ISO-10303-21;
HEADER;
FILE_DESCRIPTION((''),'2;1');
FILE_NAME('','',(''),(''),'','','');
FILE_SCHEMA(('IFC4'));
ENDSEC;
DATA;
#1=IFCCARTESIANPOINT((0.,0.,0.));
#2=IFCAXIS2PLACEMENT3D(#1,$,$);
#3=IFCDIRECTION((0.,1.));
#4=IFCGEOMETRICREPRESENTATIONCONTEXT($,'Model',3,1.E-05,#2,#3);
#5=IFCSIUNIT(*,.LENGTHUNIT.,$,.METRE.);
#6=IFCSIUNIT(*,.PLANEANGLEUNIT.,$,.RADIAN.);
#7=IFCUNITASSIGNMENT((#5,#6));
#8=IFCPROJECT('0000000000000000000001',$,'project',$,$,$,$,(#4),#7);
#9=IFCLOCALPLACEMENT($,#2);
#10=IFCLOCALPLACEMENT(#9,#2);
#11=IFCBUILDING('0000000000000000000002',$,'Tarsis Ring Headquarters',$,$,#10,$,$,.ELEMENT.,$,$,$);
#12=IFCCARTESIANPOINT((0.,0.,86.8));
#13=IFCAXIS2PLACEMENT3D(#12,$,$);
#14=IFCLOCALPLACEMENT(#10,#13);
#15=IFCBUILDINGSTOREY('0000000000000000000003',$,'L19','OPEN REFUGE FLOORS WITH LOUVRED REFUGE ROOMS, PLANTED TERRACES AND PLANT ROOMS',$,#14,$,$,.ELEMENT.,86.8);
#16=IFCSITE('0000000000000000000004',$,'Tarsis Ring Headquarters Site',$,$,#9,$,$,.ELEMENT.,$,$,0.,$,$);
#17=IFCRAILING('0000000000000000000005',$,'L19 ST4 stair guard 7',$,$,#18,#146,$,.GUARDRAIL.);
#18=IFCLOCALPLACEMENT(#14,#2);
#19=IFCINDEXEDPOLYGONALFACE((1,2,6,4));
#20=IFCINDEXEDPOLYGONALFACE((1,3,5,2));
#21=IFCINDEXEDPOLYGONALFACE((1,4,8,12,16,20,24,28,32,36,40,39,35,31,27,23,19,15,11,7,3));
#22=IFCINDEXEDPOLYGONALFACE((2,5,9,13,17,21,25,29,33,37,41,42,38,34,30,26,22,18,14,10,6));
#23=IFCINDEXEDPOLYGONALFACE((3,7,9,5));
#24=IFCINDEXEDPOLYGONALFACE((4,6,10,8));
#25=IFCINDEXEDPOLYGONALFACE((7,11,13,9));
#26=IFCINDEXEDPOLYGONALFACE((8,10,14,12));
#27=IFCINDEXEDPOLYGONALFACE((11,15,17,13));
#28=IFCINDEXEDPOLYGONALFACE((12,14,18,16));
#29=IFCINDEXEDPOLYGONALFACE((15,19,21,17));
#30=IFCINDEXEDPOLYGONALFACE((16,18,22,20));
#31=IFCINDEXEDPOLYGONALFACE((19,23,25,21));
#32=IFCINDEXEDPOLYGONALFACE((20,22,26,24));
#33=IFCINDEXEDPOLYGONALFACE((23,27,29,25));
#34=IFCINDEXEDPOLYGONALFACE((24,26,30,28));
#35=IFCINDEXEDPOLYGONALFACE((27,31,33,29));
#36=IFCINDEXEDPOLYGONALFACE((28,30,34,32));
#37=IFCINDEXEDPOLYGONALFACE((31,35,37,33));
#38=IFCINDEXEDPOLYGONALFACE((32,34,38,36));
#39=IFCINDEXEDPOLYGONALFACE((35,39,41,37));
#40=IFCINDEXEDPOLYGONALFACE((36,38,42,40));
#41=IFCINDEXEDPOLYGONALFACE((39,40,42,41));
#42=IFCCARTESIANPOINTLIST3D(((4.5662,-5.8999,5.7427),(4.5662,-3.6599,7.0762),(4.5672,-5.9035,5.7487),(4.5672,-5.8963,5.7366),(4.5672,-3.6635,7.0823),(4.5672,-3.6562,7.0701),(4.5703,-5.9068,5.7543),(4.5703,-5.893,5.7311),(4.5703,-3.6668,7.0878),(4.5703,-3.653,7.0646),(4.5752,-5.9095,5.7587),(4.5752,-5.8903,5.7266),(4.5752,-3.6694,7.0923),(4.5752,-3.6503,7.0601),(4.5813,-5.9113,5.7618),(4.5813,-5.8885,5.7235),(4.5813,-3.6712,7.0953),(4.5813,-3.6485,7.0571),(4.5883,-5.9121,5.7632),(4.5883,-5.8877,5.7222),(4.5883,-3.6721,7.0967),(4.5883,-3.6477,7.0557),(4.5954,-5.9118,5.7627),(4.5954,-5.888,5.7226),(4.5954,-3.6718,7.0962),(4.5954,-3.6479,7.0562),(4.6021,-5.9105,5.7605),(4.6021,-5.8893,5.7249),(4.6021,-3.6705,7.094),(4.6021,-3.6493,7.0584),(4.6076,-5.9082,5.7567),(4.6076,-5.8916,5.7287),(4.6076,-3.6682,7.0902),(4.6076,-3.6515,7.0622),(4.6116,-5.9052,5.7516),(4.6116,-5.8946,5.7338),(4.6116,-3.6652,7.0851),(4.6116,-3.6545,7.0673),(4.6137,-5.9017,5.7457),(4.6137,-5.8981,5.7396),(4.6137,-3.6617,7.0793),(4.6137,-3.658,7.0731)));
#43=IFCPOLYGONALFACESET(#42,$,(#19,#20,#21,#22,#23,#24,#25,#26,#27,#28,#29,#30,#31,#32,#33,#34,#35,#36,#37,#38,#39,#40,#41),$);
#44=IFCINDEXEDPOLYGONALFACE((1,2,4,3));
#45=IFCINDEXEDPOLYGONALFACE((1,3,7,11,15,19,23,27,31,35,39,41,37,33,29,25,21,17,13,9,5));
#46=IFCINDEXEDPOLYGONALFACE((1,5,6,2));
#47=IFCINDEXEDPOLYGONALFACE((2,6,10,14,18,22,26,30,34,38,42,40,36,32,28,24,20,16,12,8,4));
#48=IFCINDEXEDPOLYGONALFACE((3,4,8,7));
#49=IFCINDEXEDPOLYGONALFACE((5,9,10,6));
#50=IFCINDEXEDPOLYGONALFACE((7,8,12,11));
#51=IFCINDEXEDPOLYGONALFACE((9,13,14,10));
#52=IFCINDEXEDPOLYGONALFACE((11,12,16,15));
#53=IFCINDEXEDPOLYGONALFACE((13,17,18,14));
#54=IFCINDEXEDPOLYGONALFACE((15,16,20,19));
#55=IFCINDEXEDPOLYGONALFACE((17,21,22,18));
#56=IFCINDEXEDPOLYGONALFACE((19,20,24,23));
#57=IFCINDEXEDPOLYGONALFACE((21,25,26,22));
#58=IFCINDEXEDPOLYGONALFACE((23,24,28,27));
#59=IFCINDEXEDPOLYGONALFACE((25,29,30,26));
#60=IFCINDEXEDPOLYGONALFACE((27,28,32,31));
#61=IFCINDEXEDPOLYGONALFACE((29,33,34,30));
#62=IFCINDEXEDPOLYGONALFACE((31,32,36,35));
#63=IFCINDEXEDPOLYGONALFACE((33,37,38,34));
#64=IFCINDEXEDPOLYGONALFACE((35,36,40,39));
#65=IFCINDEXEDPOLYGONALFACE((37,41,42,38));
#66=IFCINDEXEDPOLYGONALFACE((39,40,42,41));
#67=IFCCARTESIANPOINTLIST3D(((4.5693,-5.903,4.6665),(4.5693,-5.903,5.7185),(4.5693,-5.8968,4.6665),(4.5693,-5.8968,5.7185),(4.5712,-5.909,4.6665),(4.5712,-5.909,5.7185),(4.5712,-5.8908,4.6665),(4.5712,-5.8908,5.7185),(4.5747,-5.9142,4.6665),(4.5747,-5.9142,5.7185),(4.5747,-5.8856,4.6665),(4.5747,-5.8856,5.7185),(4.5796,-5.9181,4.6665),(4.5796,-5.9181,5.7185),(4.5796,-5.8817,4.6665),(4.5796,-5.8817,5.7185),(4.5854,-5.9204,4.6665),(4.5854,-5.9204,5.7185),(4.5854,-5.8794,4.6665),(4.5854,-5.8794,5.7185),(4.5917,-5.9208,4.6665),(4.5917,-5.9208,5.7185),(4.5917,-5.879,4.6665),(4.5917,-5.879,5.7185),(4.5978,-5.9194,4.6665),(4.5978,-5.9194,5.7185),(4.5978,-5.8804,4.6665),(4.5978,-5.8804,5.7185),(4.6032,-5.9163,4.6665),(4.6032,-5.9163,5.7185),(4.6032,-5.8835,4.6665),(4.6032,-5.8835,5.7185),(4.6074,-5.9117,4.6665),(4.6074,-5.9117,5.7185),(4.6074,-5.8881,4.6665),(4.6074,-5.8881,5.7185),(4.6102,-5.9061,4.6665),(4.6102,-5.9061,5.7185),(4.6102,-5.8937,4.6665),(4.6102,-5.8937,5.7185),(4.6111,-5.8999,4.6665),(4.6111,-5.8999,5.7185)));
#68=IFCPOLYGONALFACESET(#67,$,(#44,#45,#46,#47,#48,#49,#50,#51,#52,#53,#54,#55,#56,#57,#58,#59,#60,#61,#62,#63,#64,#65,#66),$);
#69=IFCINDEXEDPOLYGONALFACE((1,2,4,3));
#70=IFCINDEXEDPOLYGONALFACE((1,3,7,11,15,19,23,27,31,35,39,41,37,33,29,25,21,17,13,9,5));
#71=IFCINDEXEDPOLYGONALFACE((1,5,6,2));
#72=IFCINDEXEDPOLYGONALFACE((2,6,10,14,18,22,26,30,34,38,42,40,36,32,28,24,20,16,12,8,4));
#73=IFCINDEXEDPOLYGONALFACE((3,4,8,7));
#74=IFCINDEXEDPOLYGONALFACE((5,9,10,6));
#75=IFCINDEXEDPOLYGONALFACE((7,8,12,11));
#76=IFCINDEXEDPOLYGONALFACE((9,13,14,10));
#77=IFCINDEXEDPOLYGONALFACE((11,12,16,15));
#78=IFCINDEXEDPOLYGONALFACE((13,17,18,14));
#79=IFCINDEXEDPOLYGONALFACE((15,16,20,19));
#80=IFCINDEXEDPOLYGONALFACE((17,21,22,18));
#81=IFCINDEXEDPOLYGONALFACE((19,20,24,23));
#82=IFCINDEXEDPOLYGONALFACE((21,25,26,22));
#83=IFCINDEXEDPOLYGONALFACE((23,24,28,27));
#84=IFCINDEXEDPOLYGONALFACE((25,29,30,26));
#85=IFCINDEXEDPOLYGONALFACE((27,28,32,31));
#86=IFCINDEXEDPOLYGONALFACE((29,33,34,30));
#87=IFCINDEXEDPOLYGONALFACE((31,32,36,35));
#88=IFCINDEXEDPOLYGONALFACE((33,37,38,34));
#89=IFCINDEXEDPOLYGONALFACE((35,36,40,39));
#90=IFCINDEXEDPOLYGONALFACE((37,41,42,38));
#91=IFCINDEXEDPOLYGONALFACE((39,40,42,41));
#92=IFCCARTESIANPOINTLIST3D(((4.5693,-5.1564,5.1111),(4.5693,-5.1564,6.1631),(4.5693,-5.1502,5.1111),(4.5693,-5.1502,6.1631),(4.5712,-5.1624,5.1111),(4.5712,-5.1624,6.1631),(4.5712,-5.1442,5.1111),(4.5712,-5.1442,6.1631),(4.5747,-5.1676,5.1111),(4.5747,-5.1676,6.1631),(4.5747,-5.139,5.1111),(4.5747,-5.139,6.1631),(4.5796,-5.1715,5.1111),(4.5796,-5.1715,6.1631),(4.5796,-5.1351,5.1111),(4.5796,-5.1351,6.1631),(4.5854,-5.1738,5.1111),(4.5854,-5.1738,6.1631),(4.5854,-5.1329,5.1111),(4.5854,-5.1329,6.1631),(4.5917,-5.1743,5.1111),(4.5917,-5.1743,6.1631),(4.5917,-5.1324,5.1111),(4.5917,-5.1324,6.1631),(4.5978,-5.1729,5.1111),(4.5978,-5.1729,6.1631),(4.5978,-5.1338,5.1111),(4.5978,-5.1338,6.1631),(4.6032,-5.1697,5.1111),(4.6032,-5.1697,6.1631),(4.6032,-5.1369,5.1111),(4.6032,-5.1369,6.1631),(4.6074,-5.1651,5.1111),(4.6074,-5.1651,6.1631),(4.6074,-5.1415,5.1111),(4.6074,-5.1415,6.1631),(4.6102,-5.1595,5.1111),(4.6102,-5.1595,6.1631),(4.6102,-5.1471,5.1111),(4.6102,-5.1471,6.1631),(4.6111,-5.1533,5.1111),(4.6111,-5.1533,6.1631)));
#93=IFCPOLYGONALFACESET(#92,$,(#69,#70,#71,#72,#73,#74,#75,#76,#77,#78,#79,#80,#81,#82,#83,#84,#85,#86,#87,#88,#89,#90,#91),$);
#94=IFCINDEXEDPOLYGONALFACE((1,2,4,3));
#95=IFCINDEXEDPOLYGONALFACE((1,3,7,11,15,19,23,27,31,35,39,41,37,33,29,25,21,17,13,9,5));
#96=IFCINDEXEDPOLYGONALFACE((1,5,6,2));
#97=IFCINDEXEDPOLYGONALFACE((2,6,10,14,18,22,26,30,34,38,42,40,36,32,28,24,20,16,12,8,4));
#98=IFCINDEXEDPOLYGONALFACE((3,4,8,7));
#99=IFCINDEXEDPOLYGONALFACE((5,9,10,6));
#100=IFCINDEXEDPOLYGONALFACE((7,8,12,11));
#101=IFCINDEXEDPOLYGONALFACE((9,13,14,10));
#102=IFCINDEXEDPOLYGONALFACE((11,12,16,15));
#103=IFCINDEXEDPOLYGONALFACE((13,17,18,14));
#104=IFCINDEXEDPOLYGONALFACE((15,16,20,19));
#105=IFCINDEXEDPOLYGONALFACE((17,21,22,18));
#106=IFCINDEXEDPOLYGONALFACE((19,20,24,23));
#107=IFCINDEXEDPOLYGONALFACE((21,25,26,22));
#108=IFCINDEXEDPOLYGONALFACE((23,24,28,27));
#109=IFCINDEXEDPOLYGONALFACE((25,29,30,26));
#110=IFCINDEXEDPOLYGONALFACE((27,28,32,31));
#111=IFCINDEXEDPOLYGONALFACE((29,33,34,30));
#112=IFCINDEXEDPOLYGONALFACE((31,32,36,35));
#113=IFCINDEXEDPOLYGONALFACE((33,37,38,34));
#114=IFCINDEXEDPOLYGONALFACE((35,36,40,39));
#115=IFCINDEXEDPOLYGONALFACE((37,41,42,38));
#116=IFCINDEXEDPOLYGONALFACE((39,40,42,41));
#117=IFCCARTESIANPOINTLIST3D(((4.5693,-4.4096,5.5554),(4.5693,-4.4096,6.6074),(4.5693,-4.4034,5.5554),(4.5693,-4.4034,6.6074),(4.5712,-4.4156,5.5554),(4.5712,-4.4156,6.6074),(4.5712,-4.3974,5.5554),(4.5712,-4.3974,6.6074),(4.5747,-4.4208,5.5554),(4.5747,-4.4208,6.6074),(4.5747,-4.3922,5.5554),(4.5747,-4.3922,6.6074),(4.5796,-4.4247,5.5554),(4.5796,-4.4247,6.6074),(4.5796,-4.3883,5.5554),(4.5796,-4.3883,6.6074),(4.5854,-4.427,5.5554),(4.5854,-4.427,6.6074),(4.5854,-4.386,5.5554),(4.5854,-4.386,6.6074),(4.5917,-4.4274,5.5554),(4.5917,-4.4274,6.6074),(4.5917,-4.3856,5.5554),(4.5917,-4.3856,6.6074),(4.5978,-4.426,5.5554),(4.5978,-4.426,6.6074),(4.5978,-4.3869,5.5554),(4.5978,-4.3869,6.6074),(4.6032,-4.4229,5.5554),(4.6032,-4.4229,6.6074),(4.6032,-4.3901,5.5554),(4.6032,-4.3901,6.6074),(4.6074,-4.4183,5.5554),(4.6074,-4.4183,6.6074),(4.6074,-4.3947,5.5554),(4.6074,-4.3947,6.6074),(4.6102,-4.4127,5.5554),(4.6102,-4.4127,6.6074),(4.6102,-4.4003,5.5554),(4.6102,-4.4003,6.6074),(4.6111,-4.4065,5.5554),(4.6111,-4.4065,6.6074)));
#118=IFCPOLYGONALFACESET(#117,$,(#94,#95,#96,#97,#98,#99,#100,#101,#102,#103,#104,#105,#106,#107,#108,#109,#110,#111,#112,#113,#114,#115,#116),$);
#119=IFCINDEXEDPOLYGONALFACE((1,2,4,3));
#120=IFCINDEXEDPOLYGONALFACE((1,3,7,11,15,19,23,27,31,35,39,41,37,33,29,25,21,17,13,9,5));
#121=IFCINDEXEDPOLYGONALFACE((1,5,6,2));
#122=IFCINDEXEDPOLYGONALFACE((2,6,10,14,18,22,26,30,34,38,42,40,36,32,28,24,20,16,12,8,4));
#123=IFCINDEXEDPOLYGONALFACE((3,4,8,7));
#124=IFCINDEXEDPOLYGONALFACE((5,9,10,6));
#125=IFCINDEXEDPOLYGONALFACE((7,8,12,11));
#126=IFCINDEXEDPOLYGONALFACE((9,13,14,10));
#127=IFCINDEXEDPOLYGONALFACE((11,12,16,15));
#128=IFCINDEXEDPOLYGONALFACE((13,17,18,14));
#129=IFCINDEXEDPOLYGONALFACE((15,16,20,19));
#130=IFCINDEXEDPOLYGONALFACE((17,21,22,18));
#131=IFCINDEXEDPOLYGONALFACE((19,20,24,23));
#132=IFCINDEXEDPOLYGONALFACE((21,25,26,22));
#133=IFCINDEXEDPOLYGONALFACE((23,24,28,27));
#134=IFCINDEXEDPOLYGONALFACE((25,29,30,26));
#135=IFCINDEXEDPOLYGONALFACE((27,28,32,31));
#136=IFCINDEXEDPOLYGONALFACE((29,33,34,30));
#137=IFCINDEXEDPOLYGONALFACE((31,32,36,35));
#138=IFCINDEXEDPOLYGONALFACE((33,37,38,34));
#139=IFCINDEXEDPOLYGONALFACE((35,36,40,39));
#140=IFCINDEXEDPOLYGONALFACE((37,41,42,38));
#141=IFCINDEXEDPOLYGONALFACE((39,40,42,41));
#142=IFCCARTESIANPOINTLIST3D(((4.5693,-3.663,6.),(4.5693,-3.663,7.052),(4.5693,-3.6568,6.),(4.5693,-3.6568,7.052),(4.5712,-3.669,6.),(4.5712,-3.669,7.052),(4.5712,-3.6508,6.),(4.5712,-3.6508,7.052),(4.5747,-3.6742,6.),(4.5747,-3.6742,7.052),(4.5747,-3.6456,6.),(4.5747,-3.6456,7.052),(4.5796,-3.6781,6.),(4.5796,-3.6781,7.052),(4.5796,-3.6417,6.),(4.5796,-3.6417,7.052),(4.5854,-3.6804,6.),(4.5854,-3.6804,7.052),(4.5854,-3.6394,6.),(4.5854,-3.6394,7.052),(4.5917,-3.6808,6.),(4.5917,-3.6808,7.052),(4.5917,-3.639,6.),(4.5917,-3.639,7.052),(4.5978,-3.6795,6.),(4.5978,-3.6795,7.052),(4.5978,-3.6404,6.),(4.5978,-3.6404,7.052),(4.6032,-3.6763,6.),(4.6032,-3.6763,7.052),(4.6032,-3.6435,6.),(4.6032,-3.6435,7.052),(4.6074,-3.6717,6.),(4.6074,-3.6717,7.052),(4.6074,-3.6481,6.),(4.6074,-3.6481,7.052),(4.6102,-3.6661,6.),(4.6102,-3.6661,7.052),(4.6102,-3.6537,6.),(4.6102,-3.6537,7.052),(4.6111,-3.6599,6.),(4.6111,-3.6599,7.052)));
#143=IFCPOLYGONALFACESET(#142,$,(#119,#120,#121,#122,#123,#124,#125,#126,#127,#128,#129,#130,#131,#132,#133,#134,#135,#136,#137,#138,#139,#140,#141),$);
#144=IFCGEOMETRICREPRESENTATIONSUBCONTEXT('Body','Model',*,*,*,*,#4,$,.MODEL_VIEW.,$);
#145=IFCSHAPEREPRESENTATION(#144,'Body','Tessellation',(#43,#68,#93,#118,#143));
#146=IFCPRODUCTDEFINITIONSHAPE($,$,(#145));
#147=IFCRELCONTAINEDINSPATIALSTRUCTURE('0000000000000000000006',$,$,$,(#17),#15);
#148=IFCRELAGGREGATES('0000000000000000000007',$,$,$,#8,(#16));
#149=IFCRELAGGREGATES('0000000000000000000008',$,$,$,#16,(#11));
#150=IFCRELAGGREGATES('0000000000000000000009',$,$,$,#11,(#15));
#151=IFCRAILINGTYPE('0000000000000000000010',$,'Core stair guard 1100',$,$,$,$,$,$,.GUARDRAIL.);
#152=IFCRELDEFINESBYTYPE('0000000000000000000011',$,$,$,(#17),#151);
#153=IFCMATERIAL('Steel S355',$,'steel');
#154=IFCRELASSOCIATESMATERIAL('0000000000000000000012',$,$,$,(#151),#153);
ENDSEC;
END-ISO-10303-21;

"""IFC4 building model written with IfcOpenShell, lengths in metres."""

from ifc_helpers import new_model, si_unit, direction, frame, origin, origin_2d, place, context, subcontext, project, spatial, circle, extrude, material, type_object, element, save


model = new_model("IFC4")

# Units and contexts
model_context = context("Model", 3, precision=1e-05, world=origin(), true_north=direction((0.0, 1.0)))
body_context = subcontext(model_context, "Body", "Model", "MODEL_VIEW")
ifc_project = project(units=[si_unit("LENGTHUNIT", "METRE"), si_unit("PLANEANGLEUNIT", "RADIAN")], contexts=[model_context])

# Site, building, storey
site_placement = place(None, origin())
site = spatial("IfcSite", under=ifc_project, at=site_placement, Name="Tarsis Ring Headquarters Site", CompositionType="ELEMENT", RefElevation=0.0)
building_placement = place(site_placement, origin())
building = spatial("IfcBuilding", under=site, at=building_placement, Name="Tarsis Ring Headquarters", CompositionType="ELEMENT")
storey_placement = place(building_placement, frame((0.0, 0.0, 86.8)))
storey = spatial("IfcBuildingStorey", under=building, at=storey_placement, Name="L19", Description="OPEN REFUGE FLOORS WITH LOUVRED REFUGE ROOMS, PLANTED TERRACES AND PLANT ROOMS", CompositionType="ELEMENT", Elevation=86.8)

# Railing
ifc_material_1 = material(Name="Steel S355", Category="steel")
railing_type_1 = type_object("IfcRailingType", Name="Core stair guard 1100", PredefinedType="GUARDRAIL", material=ifc_material_1)
for number, where, name in (
    (1, (4.5901, -5.8999, 4.6665), "L19 ST4 stair guard 7"),
):
    element("IfcRailing", number, at=place(storey_placement, frame(where)), inside=storey, type_object=railing_type_1, Name=name, PredefinedType="GUARDRAIL", context=body_context, shape_type="SweptSolid", body=[
        extrude(circle(Radius=0.0239, at=origin_2d()), frame((0.0, 0.0, 1.0762), z_axis=(0.0, 0.859264, 0.511532), x_axis=(-1.0, 0.0, 0.0)), (0.0, 0.0, 1.0), 2.6069),
        extrude(circle(Radius=0.021, at=origin_2d()), origin(), (0.0, 0.0, 1.0), 1.052),
        extrude(circle(Radius=0.021, at=origin_2d()), frame((0.0, 0.7466, 0.4446)), (0.0, 0.0, 1.0), 1.052),
        extrude(circle(Radius=0.021, at=origin_2d()), frame((0.0, 1.4934, 0.8889)), (0.0, 0.0, 1.0), 1.052),
        extrude(circle(Radius=0.021, at=origin_2d()), frame((0.0, 2.24, 1.3335)), (0.0, 0.0, 1.0), 1.052),
    ])

save(model, "model.ifc")
